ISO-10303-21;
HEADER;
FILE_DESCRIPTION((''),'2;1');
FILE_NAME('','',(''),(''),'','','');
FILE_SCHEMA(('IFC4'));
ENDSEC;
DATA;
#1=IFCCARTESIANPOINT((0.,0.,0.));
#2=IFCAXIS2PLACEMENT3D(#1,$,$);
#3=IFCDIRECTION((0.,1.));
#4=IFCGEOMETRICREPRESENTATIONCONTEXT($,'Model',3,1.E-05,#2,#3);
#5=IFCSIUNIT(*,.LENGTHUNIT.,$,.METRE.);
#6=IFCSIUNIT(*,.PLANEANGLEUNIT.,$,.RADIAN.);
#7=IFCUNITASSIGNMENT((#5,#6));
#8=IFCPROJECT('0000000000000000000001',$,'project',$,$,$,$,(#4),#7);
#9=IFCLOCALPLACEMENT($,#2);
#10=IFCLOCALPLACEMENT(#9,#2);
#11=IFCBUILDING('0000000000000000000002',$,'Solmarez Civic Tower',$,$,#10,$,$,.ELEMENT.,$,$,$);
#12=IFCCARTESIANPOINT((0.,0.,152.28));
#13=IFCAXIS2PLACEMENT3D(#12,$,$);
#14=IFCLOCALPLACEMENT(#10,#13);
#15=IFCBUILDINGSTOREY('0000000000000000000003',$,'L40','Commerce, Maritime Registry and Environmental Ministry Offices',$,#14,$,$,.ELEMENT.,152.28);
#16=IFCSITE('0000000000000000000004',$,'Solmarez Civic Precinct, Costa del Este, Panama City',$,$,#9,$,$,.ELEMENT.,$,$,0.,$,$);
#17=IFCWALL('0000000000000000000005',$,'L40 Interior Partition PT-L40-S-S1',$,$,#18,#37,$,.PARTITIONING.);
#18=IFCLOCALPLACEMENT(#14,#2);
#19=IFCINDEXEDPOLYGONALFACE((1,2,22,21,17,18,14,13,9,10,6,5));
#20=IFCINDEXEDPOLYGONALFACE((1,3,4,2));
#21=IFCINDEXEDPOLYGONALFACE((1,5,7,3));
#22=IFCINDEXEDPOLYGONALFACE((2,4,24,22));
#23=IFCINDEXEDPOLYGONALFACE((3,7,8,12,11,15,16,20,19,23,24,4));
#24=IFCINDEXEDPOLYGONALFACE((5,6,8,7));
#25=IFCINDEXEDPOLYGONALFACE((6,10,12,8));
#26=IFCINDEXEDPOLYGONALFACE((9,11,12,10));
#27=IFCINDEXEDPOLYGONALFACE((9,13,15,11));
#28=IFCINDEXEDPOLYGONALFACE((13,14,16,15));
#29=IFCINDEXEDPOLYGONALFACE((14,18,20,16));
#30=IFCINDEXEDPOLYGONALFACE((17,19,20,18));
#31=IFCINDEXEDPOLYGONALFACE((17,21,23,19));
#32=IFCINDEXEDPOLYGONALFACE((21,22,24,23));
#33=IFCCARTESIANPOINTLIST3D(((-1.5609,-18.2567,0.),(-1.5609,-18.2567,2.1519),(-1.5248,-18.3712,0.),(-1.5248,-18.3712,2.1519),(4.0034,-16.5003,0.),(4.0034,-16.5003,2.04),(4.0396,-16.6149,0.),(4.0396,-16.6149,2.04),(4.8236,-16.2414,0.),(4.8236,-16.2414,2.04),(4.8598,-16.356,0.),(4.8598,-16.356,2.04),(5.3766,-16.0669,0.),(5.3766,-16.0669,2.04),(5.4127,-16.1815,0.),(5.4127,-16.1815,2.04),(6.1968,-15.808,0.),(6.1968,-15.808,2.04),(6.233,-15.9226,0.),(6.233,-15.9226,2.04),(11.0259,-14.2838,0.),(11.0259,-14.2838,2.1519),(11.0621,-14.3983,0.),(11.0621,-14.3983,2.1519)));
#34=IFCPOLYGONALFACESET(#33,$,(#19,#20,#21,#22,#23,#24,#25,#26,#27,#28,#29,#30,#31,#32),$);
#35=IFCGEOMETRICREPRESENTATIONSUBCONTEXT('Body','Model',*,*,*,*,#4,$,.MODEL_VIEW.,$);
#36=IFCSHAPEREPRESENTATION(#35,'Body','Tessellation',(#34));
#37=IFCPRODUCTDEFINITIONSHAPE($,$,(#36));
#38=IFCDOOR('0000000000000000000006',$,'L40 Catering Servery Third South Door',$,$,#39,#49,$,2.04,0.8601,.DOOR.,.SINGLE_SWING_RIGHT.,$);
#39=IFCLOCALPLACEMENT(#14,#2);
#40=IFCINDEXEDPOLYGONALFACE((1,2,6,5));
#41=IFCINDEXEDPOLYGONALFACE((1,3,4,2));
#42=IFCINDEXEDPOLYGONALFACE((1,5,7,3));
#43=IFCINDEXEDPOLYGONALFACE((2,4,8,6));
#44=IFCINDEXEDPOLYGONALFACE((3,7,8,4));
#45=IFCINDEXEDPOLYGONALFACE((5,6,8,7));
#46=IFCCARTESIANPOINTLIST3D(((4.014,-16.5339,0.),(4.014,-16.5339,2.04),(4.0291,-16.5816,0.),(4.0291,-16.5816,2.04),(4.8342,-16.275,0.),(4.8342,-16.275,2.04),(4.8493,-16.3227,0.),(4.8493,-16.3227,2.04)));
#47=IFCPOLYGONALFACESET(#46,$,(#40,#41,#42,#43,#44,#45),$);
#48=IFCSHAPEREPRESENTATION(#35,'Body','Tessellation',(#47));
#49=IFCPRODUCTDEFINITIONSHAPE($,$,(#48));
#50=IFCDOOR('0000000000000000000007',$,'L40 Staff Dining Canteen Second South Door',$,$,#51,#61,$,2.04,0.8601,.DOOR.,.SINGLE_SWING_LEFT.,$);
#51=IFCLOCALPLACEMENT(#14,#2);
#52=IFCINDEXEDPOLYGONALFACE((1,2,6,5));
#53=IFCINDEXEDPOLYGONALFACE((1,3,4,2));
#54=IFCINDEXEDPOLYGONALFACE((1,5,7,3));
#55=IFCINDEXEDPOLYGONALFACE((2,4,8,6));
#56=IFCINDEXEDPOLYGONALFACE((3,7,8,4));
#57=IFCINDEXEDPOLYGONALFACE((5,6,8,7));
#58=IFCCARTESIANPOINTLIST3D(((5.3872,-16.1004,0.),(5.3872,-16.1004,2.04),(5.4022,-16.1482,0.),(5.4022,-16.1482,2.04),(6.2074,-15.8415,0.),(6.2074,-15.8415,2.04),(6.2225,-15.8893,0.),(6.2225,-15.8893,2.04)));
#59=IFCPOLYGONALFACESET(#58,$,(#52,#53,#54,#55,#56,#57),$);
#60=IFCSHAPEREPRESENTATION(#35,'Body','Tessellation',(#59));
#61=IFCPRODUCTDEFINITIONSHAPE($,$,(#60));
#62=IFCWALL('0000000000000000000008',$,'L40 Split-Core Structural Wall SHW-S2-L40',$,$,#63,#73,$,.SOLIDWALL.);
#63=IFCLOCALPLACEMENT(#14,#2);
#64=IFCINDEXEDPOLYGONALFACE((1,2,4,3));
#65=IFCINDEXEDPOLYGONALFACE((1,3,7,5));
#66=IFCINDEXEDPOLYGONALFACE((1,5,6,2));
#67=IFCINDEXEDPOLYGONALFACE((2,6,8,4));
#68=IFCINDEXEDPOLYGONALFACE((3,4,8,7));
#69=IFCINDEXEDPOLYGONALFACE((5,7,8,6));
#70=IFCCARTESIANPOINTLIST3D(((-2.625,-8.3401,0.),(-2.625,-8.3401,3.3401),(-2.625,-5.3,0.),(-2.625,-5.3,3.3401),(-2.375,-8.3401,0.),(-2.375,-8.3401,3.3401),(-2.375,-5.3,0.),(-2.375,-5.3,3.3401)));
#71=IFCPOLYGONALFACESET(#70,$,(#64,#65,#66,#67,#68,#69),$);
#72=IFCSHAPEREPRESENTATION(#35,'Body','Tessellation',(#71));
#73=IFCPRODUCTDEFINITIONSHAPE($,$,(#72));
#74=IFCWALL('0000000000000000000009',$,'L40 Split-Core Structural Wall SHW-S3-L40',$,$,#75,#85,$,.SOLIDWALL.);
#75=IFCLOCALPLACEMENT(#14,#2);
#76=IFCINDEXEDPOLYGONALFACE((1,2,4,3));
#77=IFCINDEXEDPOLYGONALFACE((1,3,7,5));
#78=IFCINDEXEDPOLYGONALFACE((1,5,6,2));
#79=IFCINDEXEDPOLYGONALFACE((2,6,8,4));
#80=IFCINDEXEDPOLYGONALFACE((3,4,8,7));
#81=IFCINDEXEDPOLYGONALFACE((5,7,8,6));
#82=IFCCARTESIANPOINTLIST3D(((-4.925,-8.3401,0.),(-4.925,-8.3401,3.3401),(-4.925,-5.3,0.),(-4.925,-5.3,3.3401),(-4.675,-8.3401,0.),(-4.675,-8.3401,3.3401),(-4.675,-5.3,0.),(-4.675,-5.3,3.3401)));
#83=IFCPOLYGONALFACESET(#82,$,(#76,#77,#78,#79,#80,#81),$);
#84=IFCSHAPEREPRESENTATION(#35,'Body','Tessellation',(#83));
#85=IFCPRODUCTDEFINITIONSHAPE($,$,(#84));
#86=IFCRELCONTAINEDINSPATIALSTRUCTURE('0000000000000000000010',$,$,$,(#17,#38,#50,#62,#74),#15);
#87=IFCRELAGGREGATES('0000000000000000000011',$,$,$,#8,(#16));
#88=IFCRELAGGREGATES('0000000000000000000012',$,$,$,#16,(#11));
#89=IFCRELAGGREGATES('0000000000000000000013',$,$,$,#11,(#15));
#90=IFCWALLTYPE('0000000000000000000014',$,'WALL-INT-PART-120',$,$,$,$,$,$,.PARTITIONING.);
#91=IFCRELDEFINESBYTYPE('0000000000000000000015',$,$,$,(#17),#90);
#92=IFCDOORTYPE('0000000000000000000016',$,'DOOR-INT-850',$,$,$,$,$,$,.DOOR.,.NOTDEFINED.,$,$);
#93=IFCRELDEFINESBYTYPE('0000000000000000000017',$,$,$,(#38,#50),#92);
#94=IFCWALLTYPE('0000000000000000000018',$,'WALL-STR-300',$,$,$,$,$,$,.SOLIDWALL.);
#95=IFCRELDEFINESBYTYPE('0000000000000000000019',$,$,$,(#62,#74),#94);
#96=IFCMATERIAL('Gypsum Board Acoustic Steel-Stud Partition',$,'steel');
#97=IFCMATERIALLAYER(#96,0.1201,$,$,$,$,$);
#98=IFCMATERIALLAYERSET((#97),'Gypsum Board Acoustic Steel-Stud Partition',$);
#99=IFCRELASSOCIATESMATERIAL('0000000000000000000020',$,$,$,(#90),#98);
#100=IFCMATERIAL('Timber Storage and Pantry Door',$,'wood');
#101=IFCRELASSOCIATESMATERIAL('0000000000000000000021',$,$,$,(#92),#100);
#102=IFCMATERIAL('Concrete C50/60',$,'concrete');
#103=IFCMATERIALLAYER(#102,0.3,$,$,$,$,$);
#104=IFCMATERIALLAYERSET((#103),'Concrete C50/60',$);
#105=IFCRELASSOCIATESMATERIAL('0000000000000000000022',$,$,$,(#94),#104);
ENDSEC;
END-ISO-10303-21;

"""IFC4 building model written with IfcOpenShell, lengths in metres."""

from ifc_helpers import new_model, si_unit, direction, frame, frame_2d, origin, place, context, subcontext, project, spatial, rectangle, extrude, material, layer, layer_set, type_object, element, fill, save


model = new_model("IFC4")

# Units and contexts
model_context = context("Model", 3, precision=1e-05, world=origin(), true_north=direction((0.0, 1.0)))
body_context = subcontext(model_context, "Body", "Model", "MODEL_VIEW")
ifc_project = project(units=[si_unit("LENGTHUNIT", "METRE"), si_unit("PLANEANGLEUNIT", "RADIAN")], contexts=[model_context])

# Site, building, storey
site_placement = place(None, origin())
site = spatial("IfcSite", under=ifc_project, at=site_placement, Name="Solmarez Civic Precinct, Costa del Este, Panama City", CompositionType="ELEMENT", RefElevation=0.0)
building_placement = place(site_placement, origin())
building = spatial("IfcBuilding", under=site, at=building_placement, Name="Solmarez Civic Tower", CompositionType="ELEMENT")
storey_placement = place(building_placement, frame((0.0, 0.0, 152.28)))
storey = spatial("IfcBuildingStorey", under=building, at=storey_placement, Name="L40", Description="Commerce, Maritime Registry and Environmental Ministry Offices", CompositionType="ELEMENT", Elevation=152.28)

# Shared definitions
ifc_material_1 = material(Name="Concrete C50/60", Category="concrete")

# Shared definitions
ifc_material_2 = material(Name="Gypsum Board Acoustic Steel-Stud Partition", Category="steel")
ifc_layer_1 = layer(ifc_material_2, 0.1201)
ifc_layer_set_1 = layer_set([ifc_layer_1], Name="Gypsum Board Acoustic Steel-Stud Partition")
wall_type_1 = type_object("IfcWallType", Name="WALL-INT-PART-120", PredefinedType="PARTITIONING", material=ifc_layer_set_1)

# Wall, openings, doors
wall_1_placement = place(storey_placement, frame((-1.543, -18.314, 0.0), z_axis=(0.0, 0.0, 1.0), x_axis=(0.953624, 0.300999, 0.0)))
wall_1 = element("IfcWall", 1, at=wall_1_placement, inside=storey, type_object=wall_type_1, Name="L40 Interior Partition PT-L40-S-S1", PredefinedType="PARTITIONING", context=body_context, shape_type="SweptSolid", body=[
    extrude(rectangle(XDim=13.199, YDim=0.1201, at=frame_2d((6.5996, 0.0))), origin(), (0.0, 0.0, 1.0), 2.1519),
])
opening_1_placement = place(wall_1_placement, frame((5.835, 0.0, 0.0)))
opening_1 = element("IfcOpeningElement", 2, at=opening_1_placement, cuts=wall_1, PredefinedType="OPENING", context=body_context, shape_type="SweptSolid", body=[
    extrude(rectangle(XDim=0.8601, YDim=2.04, at=frame_2d((0.4302, 1.02))), frame((0.0, 0.0701, 0.0), z_axis=(0.0, -1.0, 0.0), x_axis=(1.0, 0.0, 0.0)), (0.0, 0.0, 1.0), 0.1401),
])
opening_2_placement = place(wall_1_placement, frame((7.2749, 0.0, 0.0)))
opening_2 = element("IfcOpeningElement", 3, at=opening_2_placement, cuts=wall_1, PredefinedType="OPENING", context=body_context, shape_type="SweptSolid", body=[
    extrude(rectangle(XDim=0.8601, YDim=2.04, at=frame_2d((0.4302, 1.02))), frame((0.0, 0.0701, 0.0), z_axis=(0.0, -1.0, 0.0), x_axis=(1.0, 0.0, 0.0)), (0.0, 0.0, 1.0), 0.1401),
])
ifc_material_3 = material(Name="Timber Storage and Pantry Door", Category="wood")
door_type = type_object("IfcDoorType", Name="DOOR-INT-850", OperationType="NOTDEFINED", PredefinedType="DOOR", material=ifc_material_3)
door_1_placement = place(opening_1_placement, origin())
door_1 = element("IfcDoor", 4, at=door_1_placement, inside=storey, type_object=door_type, Name="L40 Catering Servery Third South Door", OperationType="SINGLE_SWING_RIGHT", OverallHeight=2.04, OverallWidth=0.8601, PredefinedType="DOOR", context=body_context, shape_type="SweptSolid", body=[
    extrude(rectangle(XDim=0.8601, YDim=2.04, at=frame_2d((0.4302, 1.02))), frame((0.0, 0.0249, 0.0), z_axis=(0.0, -1.0, 0.0), x_axis=(1.0, 0.0, 0.0)), (0.0, 0.0, 1.0), 0.05),
])
fill(opening_1, door_1)
door_2_placement = place(opening_2_placement, origin())
door_2 = element("IfcDoor", 5, at=door_2_placement, inside=storey, type_object=door_type, Name="L40 Staff Dining Canteen Second South Door", OperationType="SINGLE_SWING_LEFT", OverallHeight=2.04, OverallWidth=0.8601, PredefinedType="DOOR", context=body_context, shape_type="SweptSolid", body=[
    extrude(rectangle(XDim=0.8601, YDim=2.04, at=frame_2d((0.4302, 1.02))), frame((0.0, 0.0249, 0.0), z_axis=(0.0, -1.0, 0.0), x_axis=(1.0, 0.0, 0.0)), (0.0, 0.0, 1.0), 0.05),
])
fill(opening_2, door_2)

# Walls
ifc_layer_2 = layer(ifc_material_1, 0.3)
ifc_layer_set_2 = layer_set([ifc_layer_2], Name="Concrete C50/60")
wall_type_2 = type_object("IfcWallType", Name="WALL-STR-300", PredefinedType="SOLIDWALL", material=ifc_layer_set_2)
for number, where, z_axis, x_axis, name in (
    (6, (-2.5, -8.3401, 0.0), (0.0, 0.0, 1.0), (0.0, 1.0, 0.0), "L40 Split-Core Structural Wall SHW-S2-L40"),
    (7, (-4.8, -8.3401, 0.0), (0.0, 0.0, 1.0), (0.0, 1.0, 0.0), "L40 Split-Core Structural Wall SHW-S3-L40"),
):
    element("IfcWall", number, at=place(storey_placement, frame(where, z_axis=z_axis, x_axis=x_axis)), inside=storey, type_object=wall_type_2, Name=name, PredefinedType="SOLIDWALL", context=body_context, shape_type="SweptSolid", body=[
        extrude(rectangle(XDim=3.04, YDim=0.25, at=frame_2d((1.52, 0.0))), origin(), (0.0, 0.0, 1.0), 3.3401),
    ])

save(model, "model.ifc")
